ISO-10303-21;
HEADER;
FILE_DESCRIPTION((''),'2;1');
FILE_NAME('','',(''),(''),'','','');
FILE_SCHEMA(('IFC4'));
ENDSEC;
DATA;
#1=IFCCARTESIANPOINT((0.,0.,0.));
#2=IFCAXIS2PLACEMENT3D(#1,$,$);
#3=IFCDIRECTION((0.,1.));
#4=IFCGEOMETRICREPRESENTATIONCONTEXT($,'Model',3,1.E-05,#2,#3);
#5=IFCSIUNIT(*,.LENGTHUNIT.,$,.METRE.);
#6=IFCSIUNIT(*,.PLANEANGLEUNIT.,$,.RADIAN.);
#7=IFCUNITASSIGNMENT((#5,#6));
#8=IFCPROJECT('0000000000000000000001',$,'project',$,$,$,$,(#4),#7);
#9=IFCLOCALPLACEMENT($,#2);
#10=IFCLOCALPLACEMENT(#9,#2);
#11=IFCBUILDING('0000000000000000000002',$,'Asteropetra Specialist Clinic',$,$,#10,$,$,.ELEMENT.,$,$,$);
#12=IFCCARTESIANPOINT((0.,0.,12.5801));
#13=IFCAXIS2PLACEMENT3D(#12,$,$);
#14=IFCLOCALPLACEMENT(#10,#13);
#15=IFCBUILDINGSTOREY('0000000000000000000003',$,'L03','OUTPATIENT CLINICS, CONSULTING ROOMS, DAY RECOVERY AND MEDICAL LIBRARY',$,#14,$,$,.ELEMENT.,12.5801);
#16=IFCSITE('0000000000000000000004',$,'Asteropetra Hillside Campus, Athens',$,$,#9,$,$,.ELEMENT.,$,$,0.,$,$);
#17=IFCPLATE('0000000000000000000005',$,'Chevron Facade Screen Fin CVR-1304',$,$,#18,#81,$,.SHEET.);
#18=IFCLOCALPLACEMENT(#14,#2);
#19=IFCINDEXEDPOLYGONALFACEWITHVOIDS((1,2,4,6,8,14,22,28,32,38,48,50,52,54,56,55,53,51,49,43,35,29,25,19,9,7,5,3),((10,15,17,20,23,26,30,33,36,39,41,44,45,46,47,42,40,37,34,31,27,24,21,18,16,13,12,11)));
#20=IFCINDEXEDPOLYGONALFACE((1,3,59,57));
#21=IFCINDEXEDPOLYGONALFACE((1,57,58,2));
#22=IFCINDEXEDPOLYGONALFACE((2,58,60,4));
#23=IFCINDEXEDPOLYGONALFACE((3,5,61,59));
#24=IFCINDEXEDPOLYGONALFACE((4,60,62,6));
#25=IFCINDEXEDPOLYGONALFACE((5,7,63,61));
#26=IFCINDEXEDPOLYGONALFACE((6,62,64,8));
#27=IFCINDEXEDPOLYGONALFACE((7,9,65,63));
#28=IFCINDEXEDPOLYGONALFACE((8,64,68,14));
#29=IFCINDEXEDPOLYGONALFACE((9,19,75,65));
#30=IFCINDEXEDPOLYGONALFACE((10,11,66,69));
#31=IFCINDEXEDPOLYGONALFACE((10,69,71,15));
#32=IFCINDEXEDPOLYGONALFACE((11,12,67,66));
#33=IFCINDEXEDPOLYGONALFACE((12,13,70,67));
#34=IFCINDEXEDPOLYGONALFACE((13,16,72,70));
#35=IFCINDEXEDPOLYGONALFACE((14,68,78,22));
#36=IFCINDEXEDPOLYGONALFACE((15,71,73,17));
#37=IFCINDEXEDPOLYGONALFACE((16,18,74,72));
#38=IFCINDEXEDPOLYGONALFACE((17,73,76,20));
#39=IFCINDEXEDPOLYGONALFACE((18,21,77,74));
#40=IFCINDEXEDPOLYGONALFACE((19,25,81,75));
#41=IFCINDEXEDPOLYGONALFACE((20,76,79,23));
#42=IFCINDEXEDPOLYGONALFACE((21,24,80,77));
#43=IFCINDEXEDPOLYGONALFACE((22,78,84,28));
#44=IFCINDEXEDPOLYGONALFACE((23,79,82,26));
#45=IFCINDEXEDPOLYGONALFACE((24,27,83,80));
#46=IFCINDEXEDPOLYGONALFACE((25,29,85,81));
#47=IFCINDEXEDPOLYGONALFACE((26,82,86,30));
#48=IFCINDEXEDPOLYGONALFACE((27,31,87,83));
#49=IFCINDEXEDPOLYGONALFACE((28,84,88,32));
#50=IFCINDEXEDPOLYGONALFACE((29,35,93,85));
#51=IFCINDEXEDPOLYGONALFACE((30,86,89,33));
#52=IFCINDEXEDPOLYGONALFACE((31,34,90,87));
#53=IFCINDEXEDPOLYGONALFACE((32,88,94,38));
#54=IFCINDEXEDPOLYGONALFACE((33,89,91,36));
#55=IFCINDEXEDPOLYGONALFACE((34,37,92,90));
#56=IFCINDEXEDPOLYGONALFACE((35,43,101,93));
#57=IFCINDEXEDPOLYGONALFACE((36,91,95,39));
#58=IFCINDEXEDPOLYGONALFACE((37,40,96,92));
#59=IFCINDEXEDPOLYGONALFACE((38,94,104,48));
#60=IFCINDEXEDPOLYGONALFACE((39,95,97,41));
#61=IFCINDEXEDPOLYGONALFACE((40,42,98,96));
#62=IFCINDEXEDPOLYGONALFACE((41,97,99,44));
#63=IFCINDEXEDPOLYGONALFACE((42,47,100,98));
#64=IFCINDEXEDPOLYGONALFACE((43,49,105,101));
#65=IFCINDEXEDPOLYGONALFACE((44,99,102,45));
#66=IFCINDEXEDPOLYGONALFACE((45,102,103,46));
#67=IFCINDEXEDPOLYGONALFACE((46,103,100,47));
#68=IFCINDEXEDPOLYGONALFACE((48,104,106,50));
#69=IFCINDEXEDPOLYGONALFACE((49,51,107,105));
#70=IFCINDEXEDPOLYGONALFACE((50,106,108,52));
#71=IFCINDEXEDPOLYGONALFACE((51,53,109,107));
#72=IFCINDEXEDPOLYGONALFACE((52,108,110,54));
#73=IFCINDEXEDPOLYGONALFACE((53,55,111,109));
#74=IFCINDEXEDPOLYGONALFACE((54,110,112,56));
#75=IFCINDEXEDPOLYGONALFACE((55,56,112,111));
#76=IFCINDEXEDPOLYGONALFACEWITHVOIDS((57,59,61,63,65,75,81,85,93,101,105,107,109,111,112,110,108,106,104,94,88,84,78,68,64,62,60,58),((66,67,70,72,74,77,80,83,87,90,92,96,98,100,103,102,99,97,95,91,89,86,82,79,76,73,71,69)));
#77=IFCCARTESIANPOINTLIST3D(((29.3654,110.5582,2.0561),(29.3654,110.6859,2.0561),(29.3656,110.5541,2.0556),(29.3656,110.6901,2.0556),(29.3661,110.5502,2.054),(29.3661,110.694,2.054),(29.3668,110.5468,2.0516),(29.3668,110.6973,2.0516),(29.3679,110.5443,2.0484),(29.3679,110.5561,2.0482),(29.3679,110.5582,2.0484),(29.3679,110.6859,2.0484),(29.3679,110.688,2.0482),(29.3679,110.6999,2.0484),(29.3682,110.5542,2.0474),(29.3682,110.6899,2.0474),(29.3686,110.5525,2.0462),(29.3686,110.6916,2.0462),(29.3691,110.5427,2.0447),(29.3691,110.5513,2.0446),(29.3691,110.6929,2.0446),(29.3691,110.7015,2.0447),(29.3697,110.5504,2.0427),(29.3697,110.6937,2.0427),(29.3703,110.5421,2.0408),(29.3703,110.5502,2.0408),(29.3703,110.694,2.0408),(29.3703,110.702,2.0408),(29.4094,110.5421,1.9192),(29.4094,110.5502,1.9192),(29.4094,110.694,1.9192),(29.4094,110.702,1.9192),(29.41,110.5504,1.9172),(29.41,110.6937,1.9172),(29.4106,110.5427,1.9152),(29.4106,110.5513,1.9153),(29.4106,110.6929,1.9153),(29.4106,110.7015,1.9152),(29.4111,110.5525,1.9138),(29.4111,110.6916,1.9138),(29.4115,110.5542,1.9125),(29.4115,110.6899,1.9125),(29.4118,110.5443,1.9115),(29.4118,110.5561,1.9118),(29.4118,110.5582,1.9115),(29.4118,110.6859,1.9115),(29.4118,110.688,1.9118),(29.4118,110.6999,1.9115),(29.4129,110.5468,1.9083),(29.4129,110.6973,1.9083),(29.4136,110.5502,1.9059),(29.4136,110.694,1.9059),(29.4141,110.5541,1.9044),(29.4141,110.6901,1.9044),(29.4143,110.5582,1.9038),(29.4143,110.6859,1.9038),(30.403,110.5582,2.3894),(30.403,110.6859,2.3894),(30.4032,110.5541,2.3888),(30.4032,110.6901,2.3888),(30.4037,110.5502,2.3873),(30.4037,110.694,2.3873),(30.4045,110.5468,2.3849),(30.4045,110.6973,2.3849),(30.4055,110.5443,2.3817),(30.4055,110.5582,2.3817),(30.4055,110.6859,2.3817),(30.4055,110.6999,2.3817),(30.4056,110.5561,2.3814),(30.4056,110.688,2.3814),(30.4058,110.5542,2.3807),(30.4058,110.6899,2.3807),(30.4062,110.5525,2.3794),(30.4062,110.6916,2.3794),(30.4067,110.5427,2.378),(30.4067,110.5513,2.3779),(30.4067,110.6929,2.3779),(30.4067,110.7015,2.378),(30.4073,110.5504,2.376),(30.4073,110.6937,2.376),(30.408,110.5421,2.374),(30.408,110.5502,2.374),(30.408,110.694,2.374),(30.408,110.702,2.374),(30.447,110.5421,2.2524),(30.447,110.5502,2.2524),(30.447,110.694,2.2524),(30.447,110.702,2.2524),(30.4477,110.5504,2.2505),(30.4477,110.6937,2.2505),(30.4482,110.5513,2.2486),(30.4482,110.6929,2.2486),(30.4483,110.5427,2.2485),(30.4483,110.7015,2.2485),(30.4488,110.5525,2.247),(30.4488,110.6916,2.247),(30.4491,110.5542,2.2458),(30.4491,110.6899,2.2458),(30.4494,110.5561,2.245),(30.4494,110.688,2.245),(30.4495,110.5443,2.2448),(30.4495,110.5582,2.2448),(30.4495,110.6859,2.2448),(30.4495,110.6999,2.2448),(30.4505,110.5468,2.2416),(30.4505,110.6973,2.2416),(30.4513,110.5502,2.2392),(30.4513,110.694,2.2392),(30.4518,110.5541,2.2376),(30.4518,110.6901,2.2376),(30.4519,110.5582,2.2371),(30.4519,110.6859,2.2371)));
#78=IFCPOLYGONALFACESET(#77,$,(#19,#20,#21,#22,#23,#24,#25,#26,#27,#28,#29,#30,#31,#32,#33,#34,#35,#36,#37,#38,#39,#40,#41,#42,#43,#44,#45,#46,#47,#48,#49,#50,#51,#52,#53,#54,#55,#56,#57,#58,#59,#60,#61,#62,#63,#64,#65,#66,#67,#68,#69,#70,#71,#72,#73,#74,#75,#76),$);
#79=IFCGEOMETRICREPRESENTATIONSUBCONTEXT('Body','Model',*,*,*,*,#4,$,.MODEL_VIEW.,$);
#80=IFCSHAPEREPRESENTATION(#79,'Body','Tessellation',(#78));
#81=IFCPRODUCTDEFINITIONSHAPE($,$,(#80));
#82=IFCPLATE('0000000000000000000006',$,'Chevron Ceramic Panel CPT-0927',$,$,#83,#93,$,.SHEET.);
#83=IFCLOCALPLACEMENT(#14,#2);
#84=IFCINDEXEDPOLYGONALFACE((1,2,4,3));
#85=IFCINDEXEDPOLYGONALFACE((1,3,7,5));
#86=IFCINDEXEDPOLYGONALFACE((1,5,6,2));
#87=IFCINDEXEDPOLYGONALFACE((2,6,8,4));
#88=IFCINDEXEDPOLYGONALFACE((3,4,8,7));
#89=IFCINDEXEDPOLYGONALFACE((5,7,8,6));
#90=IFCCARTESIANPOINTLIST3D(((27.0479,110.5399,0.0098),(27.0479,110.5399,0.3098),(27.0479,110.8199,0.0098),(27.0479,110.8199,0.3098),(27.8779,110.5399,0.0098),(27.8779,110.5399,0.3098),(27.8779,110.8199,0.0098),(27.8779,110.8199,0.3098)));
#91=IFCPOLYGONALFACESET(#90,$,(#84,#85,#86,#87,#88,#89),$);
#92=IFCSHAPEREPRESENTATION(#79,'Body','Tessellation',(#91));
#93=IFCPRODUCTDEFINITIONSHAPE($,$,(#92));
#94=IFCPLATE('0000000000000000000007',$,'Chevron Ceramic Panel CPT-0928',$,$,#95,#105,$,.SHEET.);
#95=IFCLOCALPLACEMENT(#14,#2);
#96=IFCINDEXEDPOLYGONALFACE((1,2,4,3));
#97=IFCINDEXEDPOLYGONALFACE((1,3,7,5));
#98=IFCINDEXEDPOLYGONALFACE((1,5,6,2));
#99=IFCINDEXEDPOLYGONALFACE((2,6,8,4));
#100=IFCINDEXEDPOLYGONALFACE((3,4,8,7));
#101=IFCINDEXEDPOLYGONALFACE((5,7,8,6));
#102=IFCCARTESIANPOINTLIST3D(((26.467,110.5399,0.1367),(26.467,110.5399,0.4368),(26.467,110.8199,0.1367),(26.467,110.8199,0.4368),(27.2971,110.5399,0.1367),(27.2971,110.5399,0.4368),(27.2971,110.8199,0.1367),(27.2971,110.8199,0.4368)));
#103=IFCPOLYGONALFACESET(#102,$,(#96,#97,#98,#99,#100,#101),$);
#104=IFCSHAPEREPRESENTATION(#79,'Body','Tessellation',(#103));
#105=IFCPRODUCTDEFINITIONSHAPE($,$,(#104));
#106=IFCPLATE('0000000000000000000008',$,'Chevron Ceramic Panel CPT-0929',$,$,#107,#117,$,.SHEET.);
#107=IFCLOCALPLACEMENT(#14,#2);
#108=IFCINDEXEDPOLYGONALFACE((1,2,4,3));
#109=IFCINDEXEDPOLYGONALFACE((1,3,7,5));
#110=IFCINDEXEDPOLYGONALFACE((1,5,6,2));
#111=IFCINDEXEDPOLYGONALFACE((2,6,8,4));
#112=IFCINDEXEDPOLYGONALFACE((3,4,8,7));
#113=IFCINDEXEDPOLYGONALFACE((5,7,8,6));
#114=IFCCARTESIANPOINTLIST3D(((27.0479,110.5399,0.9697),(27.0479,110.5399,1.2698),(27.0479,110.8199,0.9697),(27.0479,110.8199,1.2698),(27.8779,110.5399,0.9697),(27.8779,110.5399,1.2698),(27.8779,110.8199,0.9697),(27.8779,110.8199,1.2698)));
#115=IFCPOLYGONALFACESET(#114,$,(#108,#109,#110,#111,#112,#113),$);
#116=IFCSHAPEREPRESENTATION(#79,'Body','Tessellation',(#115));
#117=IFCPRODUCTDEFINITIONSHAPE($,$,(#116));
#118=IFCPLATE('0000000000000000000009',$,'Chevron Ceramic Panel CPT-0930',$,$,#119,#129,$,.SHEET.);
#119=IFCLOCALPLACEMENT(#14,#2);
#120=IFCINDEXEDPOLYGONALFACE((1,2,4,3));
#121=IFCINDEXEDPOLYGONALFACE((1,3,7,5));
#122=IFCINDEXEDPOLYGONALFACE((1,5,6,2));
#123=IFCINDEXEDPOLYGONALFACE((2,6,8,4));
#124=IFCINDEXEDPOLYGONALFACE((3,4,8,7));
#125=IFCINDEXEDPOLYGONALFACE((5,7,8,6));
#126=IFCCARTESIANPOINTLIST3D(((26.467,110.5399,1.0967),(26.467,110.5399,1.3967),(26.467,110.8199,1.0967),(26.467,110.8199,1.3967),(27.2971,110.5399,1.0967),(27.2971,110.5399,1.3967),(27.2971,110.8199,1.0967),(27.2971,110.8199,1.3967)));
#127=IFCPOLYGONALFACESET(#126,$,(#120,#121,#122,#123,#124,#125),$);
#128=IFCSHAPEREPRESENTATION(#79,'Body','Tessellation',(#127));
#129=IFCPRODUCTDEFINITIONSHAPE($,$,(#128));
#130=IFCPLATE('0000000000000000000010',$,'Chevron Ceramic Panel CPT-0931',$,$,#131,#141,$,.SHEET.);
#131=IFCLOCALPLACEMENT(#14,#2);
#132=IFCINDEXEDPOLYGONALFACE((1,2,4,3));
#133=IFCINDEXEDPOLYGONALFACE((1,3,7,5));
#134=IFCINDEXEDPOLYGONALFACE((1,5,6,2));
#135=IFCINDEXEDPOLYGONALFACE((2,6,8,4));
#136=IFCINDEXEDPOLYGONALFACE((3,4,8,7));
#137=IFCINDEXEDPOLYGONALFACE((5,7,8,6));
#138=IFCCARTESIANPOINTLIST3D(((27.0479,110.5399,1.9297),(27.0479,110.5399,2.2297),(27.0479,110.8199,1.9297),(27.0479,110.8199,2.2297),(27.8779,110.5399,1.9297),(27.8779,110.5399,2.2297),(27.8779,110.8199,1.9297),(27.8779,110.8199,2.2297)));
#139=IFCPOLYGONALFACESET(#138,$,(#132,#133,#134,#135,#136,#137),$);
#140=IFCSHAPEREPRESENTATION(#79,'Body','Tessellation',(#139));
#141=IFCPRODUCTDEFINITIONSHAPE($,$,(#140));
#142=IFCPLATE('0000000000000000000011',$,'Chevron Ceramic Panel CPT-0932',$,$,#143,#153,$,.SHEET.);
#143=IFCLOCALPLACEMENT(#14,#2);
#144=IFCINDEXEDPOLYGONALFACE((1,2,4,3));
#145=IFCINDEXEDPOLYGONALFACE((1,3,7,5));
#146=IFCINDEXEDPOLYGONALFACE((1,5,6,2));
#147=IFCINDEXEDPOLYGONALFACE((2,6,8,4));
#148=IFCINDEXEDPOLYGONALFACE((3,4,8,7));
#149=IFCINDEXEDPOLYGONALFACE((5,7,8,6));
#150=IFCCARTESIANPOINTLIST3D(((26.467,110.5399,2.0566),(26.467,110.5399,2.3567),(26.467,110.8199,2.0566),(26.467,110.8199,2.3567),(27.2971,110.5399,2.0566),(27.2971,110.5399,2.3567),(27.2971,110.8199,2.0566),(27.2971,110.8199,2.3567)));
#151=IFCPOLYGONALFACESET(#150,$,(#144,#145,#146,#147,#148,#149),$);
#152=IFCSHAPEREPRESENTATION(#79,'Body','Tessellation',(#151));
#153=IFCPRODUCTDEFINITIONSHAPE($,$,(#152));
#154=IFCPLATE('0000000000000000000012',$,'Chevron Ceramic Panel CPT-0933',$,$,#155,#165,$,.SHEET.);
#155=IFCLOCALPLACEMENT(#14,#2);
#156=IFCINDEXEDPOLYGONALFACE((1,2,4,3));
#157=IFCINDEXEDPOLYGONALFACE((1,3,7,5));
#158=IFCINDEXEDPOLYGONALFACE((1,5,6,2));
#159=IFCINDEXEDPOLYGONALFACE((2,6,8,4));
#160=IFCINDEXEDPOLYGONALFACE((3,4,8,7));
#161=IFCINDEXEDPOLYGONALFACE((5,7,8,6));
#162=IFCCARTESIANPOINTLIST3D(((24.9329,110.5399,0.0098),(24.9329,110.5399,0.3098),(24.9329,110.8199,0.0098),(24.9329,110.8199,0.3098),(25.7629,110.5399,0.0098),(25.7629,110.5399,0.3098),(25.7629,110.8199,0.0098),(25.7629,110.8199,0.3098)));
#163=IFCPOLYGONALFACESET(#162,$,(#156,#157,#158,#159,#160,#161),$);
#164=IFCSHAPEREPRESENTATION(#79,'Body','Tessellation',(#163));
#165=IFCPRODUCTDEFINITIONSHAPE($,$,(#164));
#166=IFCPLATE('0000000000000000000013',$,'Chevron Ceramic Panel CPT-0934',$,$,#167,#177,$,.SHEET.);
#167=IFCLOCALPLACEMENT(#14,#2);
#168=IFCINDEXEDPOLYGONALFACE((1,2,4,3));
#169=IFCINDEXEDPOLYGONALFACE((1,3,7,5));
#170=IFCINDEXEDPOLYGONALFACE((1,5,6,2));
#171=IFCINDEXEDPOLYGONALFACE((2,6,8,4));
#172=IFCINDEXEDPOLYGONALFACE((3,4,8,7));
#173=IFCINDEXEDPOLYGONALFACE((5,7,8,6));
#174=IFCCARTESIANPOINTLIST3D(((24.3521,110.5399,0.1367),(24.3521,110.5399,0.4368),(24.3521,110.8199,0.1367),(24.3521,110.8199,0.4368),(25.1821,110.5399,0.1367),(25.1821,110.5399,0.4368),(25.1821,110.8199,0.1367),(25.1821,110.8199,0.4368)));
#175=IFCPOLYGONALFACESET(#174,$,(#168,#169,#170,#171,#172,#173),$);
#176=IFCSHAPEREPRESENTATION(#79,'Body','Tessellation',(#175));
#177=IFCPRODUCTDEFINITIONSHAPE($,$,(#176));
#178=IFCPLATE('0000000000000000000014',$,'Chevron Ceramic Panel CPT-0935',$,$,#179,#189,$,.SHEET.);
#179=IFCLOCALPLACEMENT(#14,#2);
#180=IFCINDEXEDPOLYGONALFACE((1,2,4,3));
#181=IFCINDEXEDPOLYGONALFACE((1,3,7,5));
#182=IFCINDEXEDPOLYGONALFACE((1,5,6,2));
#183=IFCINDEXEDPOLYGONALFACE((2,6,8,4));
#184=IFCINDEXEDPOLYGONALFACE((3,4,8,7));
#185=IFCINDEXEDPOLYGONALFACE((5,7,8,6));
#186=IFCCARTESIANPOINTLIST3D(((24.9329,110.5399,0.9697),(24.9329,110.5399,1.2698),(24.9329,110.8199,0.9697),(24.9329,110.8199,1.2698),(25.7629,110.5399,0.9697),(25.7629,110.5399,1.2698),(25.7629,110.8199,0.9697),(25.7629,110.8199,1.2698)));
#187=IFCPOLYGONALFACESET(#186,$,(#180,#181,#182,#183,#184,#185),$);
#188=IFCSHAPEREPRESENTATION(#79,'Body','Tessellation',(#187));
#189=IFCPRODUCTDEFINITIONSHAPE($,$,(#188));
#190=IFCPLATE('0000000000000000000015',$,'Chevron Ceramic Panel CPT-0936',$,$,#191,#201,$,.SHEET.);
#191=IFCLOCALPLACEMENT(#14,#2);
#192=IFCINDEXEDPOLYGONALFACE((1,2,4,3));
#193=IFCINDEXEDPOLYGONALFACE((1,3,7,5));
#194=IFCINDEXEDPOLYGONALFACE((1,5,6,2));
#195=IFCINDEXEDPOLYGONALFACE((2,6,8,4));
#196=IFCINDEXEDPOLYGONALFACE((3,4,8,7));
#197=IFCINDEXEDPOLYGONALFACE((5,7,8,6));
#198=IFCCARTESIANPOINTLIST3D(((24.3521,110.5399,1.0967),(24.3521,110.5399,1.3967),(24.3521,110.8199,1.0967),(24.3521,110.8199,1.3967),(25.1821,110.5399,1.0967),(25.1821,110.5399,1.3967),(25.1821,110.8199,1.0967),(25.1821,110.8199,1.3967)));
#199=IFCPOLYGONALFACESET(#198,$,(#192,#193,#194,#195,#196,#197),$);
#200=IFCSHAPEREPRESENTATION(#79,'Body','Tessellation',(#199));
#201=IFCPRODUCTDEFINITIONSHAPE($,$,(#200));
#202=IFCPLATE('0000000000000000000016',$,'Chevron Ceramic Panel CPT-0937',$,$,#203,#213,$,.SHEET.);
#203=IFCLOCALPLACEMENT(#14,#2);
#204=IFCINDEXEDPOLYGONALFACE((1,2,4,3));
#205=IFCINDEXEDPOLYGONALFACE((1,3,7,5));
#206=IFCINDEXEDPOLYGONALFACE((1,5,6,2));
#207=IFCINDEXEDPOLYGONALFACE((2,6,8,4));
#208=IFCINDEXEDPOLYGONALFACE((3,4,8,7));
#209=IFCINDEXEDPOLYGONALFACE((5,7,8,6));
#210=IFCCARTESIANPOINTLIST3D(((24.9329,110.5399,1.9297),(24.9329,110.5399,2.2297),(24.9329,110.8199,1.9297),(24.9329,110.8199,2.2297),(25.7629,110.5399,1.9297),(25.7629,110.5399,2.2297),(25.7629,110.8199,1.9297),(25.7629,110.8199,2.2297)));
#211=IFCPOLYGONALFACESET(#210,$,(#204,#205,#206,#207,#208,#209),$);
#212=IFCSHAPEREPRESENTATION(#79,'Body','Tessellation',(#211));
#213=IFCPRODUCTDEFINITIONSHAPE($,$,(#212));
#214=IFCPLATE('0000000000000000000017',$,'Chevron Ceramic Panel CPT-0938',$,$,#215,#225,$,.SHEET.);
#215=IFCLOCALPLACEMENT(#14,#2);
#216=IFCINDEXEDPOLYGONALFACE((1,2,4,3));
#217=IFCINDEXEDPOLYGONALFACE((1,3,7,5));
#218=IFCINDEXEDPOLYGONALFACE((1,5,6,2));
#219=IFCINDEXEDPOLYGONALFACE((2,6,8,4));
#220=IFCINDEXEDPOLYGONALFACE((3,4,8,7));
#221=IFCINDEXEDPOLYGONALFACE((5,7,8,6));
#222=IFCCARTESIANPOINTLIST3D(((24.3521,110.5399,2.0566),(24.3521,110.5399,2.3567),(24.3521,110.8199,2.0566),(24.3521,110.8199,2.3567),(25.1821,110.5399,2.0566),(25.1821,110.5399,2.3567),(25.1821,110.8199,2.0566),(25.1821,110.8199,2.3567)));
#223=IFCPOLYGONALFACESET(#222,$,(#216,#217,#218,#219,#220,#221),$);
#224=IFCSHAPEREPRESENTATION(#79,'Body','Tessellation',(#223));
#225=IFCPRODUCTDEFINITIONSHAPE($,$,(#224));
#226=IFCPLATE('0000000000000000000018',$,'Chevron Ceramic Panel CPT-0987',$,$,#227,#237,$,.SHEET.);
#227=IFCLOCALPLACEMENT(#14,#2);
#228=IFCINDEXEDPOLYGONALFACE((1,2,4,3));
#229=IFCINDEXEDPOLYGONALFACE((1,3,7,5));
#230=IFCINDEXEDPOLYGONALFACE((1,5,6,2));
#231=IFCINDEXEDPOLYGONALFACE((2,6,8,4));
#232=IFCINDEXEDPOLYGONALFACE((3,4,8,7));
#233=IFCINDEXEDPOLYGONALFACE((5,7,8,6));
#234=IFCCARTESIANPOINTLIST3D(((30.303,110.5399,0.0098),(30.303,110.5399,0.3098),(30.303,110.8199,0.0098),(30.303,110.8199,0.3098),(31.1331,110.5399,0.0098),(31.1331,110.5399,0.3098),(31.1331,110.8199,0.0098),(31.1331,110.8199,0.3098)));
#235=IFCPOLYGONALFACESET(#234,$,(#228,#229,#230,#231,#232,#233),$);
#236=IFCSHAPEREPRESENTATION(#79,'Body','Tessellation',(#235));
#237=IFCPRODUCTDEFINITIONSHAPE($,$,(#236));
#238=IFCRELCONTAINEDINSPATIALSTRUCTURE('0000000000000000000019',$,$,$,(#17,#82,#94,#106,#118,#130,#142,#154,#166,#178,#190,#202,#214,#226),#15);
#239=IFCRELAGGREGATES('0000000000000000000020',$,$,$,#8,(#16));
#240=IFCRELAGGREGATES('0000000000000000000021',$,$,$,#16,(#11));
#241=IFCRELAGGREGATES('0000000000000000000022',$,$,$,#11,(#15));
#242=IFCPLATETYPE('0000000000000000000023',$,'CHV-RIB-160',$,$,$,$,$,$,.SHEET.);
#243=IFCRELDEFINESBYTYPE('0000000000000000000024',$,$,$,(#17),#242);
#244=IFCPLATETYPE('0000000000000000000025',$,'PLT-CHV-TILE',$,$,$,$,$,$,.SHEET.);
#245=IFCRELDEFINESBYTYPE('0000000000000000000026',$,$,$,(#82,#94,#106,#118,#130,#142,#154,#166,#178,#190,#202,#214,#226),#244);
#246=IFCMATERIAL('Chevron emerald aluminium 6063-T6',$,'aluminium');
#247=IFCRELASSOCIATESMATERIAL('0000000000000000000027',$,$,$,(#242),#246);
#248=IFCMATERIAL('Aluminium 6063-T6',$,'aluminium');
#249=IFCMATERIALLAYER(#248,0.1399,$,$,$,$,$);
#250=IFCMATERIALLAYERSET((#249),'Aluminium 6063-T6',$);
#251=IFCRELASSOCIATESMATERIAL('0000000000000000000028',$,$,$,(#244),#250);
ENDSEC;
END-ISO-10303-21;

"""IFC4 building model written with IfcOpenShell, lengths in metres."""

from ifc_helpers import new_model, si_unit, direction, frame, origin, origin_2d, place, context, subcontext, project, spatial, rectangle, hollow_rectangle, extrude, material, layer, layer_set, material_profile, profile_set, type_object, element, save


model = new_model("IFC4")

# Units and contexts
model_context = context("Model", 3, precision=1e-05, world=origin(), true_north=direction((0.0, 1.0)))
body_context = subcontext(model_context, "Body", "Model", "MODEL_VIEW")
ifc_project = project(units=[si_unit("LENGTHUNIT", "METRE"), si_unit("PLANEANGLEUNIT", "RADIAN")], contexts=[model_context])

# Site, building, storey
site_placement = place(None, origin())
site = spatial("IfcSite", under=ifc_project, at=site_placement, Name="Asteropetra Hillside Campus, Athens", CompositionType="ELEMENT", RefElevation=0.0)
building_placement = place(site_placement, origin())
building = spatial("IfcBuilding", under=site, at=building_placement, Name="Asteropetra Specialist Clinic", CompositionType="ELEMENT")
storey_placement = place(building_placement, frame((0.0, 0.0, 12.5801)))
storey = spatial("IfcBuildingStorey", under=building, at=storey_placement, Name="L03", Description="OUTPATIENT CLINICS, CONSULTING ROOMS, DAY RECOVERY AND MEDICAL LIBRARY", CompositionType="ELEMENT", Elevation=12.5801)

# Plates
ifc_material_1 = material(Name="Chevron emerald aluminium 6063-T6", Category="aluminium")
ifc_material_profile = material_profile(ifc_material_1, hollow_rectangle(XDim=0.1599, YDim=0.1599, WallThickness=0.0081, InnerFilletRadius=0.0081, OuterFilletRadius=0.0161, at=origin_2d()), Name="SHS 160x160x8.0")
ifc_profile_set = profile_set([ifc_material_profile], Name="Chevron emerald aluminium 6063-T6")
plate_type_1 = type_object("IfcPlateType", Name="CHV-RIB-160", PredefinedType="SHEET", material=ifc_profile_set)
for number, where, z_axis, x_axis, name in (
    (1, (30.4275, 110.6221, 2.3132), (-0.952098, 0.0, -0.305792), (0.0, -1.0, 0.0), "Chevron Facade Screen Fin CVR-1304"),
):
    element("IfcPlate", number, at=place(storey_placement, frame(where, z_axis=z_axis, x_axis=x_axis)), inside=storey, type_object=plate_type_1, Name=name, PredefinedType="SHEET", context=body_context, shape_type="SweptSolid", body=[
        extrude(hollow_rectangle(XDim=0.1599, YDim=0.1599, WallThickness=0.0081, InnerFilletRadius=0.0081, OuterFilletRadius=0.0161, at=origin_2d()), origin(), (0.0, 0.0, 1.0), 1.0898),
    ])
ifc_material_2 = material(Name="Aluminium 6063-T6", Category="aluminium")
ifc_layer_1 = layer(ifc_material_2, 0.1399)
ifc_layer_set_1 = layer_set([ifc_layer_1], Name="Aluminium 6063-T6")
plate_type_2 = type_object("IfcPlateType", Name="PLT-CHV-TILE", PredefinedType="SHEET", material=ifc_layer_set_1)
for number, where, z_axis, x_axis, name in (
    (2, (27.4629, 110.6799, 0.0098), (0.0, 0.0, 1.0), (1.0, 0.0, 0.0), "Chevron Ceramic Panel CPT-0927"),
    (3, (26.8821, 110.6799, 0.1367), (0.0, 0.0, 1.0), (1.0, 0.0, 0.0), "Chevron Ceramic Panel CPT-0928"),
    (4, (27.4629, 110.6799, 0.9697), (0.0, 0.0, 1.0), (1.0, 0.0, 0.0), "Chevron Ceramic Panel CPT-0929"),
    (5, (26.8821, 110.6799, 1.0967), (0.0, 0.0, 1.0), (1.0, 0.0, 0.0), "Chevron Ceramic Panel CPT-0930"),
    (6, (27.4629, 110.6799, 1.9297), (0.0, 0.0, 1.0), (1.0, 0.0, 0.0), "Chevron Ceramic Panel CPT-0931"),
    (7, (26.8821, 110.6799, 2.0566), (0.0, 0.0, 1.0), (1.0, 0.0, 0.0), "Chevron Ceramic Panel CPT-0932"),
    (8, (25.3479, 110.6799, 0.0098), (0.0, 0.0, 1.0), (1.0, 0.0, 0.0), "Chevron Ceramic Panel CPT-0933"),
    (9, (24.7671, 110.6799, 0.1367), (0.0, 0.0, 1.0), (1.0, 0.0, 0.0), "Chevron Ceramic Panel CPT-0934"),
    (10, (25.3479, 110.6799, 0.9697), (0.0, 0.0, 1.0), (1.0, 0.0, 0.0), "Chevron Ceramic Panel CPT-0935"),
    (11, (24.7671, 110.6799, 1.0967), (0.0, 0.0, 1.0), (1.0, 0.0, 0.0), "Chevron Ceramic Panel CPT-0936"),
    (12, (25.3479, 110.6799, 1.9297), (0.0, 0.0, 1.0), (1.0, 0.0, 0.0), "Chevron Ceramic Panel CPT-0937"),
    (13, (24.7671, 110.6799, 2.0566), (0.0, 0.0, 1.0), (1.0, 0.0, 0.0), "Chevron Ceramic Panel CPT-0938"),
    (14, (30.718, 110.6799, 0.0098), (0.0, 0.0, 1.0), (1.0, 0.0, 0.0), "Chevron Ceramic Panel CPT-0987"),
):
    element("IfcPlate", number, at=place(storey_placement, frame(where, z_axis=z_axis, x_axis=x_axis)), inside=storey, type_object=plate_type_2, Name=name, PredefinedType="SHEET", context=body_context, shape_type="SweptSolid", body=[
        extrude(rectangle(XDim=0.8301, YDim=0.28, at=origin_2d()), origin(), (0.0, 0.0, 1.0), 0.3),
    ])

save(model, "model.ifc")
